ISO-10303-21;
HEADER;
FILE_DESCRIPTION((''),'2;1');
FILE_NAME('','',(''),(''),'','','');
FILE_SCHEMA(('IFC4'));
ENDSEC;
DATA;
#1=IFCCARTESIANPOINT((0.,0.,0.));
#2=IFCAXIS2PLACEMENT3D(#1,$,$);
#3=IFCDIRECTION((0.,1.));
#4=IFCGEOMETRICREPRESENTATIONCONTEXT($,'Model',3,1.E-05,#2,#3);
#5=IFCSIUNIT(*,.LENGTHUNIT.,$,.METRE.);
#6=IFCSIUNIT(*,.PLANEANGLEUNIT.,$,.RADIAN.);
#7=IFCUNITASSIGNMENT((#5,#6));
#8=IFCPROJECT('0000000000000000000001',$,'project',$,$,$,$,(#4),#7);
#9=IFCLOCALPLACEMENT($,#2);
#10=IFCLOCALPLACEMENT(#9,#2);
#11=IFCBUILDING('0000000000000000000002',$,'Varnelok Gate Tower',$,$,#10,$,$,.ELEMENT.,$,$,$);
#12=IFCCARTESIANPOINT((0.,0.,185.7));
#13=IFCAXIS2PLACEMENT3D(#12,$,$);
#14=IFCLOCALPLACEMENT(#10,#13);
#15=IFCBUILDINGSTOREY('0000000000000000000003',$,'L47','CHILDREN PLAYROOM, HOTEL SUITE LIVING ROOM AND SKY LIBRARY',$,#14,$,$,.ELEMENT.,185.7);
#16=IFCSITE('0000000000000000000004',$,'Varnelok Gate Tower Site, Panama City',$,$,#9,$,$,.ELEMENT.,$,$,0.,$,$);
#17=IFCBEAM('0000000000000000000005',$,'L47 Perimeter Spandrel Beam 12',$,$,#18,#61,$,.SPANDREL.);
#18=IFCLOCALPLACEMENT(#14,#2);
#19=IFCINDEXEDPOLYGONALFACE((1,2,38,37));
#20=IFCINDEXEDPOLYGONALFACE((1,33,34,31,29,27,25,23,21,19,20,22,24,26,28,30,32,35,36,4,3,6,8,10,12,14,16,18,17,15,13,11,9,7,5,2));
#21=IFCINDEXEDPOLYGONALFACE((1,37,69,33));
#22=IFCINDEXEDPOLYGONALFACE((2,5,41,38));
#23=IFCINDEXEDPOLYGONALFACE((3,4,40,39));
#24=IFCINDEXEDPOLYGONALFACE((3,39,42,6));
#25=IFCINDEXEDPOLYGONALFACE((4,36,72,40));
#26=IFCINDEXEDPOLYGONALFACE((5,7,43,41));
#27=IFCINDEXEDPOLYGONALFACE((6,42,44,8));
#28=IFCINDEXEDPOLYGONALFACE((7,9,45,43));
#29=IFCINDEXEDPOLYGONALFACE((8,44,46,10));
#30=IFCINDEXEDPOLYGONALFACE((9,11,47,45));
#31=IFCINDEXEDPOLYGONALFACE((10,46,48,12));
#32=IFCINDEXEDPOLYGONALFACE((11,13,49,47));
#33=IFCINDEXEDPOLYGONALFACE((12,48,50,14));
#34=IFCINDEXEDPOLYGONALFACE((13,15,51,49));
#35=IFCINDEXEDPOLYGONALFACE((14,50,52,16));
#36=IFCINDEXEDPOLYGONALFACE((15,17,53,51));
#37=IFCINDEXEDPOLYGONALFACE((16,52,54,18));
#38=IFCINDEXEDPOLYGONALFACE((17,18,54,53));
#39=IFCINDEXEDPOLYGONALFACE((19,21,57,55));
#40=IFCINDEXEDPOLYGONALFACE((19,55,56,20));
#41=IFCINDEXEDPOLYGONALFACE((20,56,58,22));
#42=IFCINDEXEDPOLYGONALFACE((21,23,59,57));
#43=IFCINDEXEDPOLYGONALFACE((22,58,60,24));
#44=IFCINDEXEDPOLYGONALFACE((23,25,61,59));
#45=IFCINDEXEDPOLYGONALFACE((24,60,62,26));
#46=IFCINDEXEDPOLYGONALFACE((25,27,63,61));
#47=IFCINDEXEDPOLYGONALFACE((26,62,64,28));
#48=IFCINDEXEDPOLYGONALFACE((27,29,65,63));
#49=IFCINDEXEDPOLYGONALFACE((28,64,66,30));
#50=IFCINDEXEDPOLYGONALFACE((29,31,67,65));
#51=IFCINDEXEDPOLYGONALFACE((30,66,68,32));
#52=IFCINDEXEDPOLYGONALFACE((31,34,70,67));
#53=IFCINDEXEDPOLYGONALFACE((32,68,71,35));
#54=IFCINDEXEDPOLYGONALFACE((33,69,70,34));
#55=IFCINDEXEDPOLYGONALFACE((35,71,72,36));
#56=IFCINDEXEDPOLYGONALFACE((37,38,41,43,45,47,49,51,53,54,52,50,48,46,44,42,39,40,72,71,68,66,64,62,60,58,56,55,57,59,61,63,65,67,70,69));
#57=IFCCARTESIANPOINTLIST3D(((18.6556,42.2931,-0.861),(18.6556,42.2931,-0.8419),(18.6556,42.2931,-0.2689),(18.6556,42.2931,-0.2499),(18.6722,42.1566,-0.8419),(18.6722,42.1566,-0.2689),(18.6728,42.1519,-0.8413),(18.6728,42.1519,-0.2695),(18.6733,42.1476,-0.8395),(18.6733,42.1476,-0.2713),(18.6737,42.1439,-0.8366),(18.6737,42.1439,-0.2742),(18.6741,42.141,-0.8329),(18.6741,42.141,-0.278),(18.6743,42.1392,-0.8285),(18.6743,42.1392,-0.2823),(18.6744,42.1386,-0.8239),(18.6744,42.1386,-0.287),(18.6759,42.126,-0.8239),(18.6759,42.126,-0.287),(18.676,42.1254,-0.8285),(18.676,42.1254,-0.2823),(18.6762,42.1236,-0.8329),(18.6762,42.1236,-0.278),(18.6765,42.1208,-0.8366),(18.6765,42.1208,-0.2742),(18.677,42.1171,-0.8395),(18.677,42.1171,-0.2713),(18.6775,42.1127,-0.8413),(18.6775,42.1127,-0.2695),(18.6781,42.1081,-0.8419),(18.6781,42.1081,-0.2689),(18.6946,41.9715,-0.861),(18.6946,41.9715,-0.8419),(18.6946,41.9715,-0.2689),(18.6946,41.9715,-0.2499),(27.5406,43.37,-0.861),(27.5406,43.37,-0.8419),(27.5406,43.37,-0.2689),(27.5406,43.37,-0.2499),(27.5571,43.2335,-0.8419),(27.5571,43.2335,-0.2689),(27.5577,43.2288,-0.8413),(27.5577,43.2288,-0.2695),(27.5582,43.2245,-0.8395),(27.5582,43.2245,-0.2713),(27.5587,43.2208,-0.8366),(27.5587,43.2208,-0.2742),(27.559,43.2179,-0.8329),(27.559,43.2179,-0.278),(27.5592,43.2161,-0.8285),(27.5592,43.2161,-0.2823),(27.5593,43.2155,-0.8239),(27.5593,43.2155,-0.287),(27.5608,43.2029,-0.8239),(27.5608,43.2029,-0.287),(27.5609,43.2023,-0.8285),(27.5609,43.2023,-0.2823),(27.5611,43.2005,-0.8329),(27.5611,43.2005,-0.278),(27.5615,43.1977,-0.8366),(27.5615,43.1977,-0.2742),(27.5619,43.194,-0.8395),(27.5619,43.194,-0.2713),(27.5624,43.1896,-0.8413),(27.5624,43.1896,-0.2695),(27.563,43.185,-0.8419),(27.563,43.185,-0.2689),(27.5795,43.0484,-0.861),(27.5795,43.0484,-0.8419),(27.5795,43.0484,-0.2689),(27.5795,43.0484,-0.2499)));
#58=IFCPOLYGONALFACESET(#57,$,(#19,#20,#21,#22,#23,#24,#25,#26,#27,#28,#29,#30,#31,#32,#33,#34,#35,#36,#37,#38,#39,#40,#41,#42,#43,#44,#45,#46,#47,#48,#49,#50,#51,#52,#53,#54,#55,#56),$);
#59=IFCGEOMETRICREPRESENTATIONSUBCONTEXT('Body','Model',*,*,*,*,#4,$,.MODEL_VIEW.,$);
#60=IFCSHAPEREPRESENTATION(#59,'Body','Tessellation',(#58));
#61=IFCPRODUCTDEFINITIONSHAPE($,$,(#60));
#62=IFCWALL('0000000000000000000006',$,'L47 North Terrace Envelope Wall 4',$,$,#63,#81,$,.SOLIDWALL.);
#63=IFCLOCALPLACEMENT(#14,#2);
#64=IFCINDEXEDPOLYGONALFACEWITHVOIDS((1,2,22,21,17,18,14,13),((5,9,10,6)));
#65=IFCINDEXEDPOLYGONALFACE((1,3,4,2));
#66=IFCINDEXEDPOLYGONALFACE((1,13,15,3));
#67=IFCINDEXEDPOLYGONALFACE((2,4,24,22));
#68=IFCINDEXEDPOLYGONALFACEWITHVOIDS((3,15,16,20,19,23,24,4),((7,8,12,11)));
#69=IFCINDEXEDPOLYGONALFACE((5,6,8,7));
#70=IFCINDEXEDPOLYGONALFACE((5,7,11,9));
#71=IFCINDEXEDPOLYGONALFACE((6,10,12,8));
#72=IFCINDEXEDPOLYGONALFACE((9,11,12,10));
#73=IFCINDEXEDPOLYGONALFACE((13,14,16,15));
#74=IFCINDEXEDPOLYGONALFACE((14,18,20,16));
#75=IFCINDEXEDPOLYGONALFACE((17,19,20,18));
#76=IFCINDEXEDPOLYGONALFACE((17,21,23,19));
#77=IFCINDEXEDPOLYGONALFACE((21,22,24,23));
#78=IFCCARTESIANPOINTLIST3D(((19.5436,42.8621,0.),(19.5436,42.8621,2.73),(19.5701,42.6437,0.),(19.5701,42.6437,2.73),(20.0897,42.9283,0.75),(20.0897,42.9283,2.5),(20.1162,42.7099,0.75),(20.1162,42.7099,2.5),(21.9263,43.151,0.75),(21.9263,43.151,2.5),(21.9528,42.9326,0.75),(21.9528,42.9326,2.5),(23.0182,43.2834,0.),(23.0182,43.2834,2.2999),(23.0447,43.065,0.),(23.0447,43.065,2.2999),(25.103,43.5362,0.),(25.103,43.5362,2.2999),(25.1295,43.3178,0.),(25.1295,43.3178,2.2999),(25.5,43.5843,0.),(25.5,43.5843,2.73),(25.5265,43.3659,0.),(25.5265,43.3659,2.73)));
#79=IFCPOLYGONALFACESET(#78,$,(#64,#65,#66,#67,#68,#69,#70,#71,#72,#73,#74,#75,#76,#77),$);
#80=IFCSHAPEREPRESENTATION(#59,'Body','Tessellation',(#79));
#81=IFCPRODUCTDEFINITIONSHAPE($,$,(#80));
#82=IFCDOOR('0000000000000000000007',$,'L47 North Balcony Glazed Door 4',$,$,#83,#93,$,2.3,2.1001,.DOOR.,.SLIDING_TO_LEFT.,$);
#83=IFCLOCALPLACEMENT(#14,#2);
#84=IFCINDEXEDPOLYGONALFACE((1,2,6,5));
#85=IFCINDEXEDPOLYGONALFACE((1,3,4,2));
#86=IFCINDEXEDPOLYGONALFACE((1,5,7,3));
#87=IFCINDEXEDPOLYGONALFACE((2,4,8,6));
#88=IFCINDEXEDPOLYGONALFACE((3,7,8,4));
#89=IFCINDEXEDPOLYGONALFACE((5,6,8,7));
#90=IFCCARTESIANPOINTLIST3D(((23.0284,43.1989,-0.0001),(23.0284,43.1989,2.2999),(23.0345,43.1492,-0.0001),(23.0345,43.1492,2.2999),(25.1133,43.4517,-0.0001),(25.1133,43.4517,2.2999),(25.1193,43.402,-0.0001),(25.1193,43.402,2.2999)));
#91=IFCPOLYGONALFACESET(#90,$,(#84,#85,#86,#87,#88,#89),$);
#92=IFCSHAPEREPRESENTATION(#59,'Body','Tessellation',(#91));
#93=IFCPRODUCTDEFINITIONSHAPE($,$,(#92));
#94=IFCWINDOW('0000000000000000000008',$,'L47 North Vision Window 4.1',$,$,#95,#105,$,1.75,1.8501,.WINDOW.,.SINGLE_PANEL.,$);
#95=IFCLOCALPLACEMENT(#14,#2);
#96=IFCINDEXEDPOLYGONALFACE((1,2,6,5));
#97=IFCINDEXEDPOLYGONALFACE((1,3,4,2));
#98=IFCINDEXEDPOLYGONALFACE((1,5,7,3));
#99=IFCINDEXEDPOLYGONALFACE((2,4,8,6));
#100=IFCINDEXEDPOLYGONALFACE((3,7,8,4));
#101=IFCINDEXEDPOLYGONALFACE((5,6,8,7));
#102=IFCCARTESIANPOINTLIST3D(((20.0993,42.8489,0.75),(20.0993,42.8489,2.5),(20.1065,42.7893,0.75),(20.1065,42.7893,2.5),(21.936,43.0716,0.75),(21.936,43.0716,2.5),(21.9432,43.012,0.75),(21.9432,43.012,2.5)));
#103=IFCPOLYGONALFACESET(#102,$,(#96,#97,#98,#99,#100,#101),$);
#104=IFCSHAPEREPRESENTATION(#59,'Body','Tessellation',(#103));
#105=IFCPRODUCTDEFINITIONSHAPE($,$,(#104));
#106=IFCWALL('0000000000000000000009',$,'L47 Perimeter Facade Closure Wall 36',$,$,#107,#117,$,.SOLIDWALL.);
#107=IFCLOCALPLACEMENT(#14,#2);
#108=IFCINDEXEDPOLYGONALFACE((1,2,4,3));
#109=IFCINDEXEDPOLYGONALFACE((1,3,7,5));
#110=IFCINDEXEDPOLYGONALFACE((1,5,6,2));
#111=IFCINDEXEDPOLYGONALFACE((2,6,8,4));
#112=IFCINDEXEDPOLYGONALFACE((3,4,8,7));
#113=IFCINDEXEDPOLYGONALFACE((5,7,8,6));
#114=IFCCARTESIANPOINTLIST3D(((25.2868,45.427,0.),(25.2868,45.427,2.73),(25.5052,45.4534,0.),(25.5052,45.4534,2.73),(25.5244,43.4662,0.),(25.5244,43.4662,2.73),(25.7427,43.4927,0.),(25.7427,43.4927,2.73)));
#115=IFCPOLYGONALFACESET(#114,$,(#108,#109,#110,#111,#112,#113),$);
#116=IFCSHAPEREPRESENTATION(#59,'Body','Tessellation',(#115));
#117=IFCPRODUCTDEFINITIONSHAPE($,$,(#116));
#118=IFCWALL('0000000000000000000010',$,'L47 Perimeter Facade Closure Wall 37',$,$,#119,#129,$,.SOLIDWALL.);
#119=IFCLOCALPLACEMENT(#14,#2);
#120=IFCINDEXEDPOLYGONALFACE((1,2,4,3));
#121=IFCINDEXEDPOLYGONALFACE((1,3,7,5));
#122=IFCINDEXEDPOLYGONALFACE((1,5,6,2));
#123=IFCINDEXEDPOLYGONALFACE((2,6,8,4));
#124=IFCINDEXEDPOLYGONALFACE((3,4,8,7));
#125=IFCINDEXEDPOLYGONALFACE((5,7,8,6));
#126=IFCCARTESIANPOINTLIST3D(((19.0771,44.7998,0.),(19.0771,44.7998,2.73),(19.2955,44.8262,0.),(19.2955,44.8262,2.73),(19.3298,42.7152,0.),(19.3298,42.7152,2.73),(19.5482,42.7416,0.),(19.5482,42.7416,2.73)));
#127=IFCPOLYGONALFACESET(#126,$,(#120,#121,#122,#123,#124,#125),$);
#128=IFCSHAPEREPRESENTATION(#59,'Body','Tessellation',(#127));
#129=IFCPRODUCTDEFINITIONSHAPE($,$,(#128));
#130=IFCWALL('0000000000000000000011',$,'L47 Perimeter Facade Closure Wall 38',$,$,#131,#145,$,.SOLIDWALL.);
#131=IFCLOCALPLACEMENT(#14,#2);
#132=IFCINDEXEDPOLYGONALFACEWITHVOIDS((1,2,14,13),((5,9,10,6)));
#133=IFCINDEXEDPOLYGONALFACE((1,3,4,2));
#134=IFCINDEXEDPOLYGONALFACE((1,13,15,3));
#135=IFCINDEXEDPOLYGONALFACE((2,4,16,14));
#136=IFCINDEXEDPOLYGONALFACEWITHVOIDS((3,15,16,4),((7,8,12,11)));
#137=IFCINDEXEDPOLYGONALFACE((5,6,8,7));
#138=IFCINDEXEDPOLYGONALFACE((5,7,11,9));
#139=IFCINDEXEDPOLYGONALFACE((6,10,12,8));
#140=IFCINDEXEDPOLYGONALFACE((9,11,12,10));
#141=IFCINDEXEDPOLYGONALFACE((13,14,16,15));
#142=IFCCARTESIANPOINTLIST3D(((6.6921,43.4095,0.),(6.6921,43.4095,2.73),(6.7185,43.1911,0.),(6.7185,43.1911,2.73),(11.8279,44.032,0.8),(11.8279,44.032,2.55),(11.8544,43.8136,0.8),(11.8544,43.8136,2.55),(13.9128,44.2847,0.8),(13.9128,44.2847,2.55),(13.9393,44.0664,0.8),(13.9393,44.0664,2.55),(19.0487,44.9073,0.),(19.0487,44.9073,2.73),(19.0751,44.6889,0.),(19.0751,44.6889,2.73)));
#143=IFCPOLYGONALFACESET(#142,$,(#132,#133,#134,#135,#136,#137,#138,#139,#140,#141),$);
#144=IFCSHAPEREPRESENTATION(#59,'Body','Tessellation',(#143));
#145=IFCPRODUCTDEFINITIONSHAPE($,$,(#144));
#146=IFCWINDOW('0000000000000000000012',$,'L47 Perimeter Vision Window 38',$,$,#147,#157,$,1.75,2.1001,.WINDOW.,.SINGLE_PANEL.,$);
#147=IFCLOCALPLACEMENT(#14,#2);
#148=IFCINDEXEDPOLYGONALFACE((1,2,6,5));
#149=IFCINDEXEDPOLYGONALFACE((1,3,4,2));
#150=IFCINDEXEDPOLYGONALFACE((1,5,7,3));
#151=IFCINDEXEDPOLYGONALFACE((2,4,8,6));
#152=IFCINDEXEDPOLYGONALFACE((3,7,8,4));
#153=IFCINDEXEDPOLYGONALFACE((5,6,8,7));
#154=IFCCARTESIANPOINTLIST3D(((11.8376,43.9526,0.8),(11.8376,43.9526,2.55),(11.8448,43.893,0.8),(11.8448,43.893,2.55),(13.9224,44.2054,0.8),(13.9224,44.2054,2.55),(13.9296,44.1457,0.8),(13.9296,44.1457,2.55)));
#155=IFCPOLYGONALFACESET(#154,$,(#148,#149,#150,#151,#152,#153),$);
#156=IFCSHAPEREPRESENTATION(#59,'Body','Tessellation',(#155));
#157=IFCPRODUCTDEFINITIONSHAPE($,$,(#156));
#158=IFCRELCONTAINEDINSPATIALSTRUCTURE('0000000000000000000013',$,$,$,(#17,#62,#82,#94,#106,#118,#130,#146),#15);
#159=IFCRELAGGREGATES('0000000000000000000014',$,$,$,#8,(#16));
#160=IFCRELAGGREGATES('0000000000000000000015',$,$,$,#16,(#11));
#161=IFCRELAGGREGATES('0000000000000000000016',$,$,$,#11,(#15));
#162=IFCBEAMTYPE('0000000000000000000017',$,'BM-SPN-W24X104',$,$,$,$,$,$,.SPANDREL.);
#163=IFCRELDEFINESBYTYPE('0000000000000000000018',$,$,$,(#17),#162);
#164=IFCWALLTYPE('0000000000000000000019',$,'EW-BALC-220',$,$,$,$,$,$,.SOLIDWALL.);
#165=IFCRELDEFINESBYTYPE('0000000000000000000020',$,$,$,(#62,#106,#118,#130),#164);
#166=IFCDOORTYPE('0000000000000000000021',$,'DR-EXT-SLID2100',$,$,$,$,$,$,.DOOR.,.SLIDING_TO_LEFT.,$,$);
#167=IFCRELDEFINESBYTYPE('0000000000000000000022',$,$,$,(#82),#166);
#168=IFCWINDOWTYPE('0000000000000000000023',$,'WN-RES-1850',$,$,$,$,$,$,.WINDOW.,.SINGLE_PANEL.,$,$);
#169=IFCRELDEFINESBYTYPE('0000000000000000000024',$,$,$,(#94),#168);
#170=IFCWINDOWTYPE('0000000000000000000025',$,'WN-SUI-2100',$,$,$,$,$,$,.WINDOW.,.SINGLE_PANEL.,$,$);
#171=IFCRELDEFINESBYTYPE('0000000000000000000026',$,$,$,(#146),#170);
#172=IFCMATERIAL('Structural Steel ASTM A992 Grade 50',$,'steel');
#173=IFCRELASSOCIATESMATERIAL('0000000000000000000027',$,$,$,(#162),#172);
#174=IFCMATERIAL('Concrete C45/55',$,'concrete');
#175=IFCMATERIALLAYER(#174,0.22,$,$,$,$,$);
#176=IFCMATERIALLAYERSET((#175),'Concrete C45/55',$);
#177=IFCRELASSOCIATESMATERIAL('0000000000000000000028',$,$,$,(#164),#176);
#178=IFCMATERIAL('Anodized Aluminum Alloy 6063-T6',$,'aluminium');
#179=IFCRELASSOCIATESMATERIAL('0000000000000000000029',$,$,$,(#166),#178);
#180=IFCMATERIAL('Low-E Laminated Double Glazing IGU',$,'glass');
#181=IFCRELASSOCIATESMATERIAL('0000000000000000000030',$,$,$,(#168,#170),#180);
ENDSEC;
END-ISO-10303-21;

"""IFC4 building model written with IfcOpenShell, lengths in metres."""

from ifc_helpers import new_model, si_unit, direction, frame, frame_2d, origin, origin_2d, place, context, subcontext, project, spatial, rectangle, i_section, extrude, material, layer, layer_set, material_profile, profile_set, type_object, element, fill, save


model = new_model("IFC4")

# Units and contexts
model_context = context("Model", 3, precision=1e-05, world=origin(), true_north=direction((0.0, 1.0)))
body_context = subcontext(model_context, "Body", "Model", "MODEL_VIEW")
ifc_project = project(units=[si_unit("LENGTHUNIT", "METRE"), si_unit("PLANEANGLEUNIT", "RADIAN")], contexts=[model_context])

# Site, building, storey
site_placement = place(None, origin())
site = spatial("IfcSite", under=ifc_project, at=site_placement, Name="Varnelok Gate Tower Site, Panama City", CompositionType="ELEMENT", RefElevation=0.0)
building_placement = place(site_placement, origin())
building = spatial("IfcBuilding", under=site, at=building_placement, Name="Varnelok Gate Tower", CompositionType="ELEMENT")
storey_placement = place(building_placement, frame((0.0, 0.0, 185.7)))
storey = spatial("IfcBuildingStorey", under=building, at=storey_placement, Name="L47", Description="CHILDREN PLAYROOM, HOTEL SUITE LIVING ROOM AND SKY LIBRARY", CompositionType="ELEMENT", Elevation=185.7)

# Shared definitions
ifc_material_1 = material(Name="Structural Steel ASTM A992 Grade 50", Category="steel")

# Beam
ifc_material_profile_1 = material_profile(ifc_material_1, i_section(OverallWidth=0.324, OverallDepth=0.6111, WebThickness=0.0127, FlangeThickness=0.019, FilletRadius=0.0181, at=origin_2d()), Name="W24X104")
ifc_profile_set_1 = profile_set([ifc_material_profile_1], Name="Structural Steel ASTM A992 Grade 50")
beam_type_1 = type_object("IfcBeamType", Name="BM-SPN-W24X104", PredefinedType="SPANDREL", material=ifc_profile_set_1)
beam_1_placement = place(storey_placement, frame((27.5601, 43.2092, -0.5554), z_axis=(-0.992735, -0.120324, 0.0), x_axis=(0.120324, -0.992735, 0.0)))
element("IfcBeam", 1, at=beam_1_placement, inside=storey, type_object=beam_type_1, Name="L47 Perimeter Spandrel Beam 12", PredefinedType="SPANDREL", context=body_context, shape_type="SweptSolid", body=[
    extrude(i_section(OverallWidth=0.324, OverallDepth=0.6111, WebThickness=0.0127, FlangeThickness=0.019, FilletRadius=0.0181, at=origin_2d()), origin(), (0.0, 0.0, 1.0), 8.95),
])

# Wall, openings, door, window
ifc_material_2 = material(Name="Concrete C45/55", Category="concrete")
ifc_layer_1 = layer(ifc_material_2, 0.22)
ifc_layer_set_1 = layer_set([ifc_layer_1], Name="Concrete C45/55")
wall_type_1 = type_object("IfcWallType", Name="EW-BALC-220", PredefinedType="SOLIDWALL", material=ifc_layer_set_1)
wall_1_placement = place(storey_placement, frame((19.5569, 42.7529, 0.0), z_axis=(0.0, 0.0, 1.0), x_axis=(0.99273, 0.120363, 0.0)))
wall_1 = element("IfcWall", 2, at=wall_1_placement, inside=storey, type_object=wall_type_1, Name="L47 North Terrace Envelope Wall 4", PredefinedType="SOLIDWALL", context=body_context, shape_type="SweptSolid", body=[
    extrude(rectangle(XDim=6.0, YDim=0.22, at=frame_2d((3.0, 0.0))), origin(), (0.0, 0.0, 1.0), 2.73),
])
opening_1_placement = place(wall_1_placement, frame((3.5, 0.0, 0.0)))
opening_1 = element("IfcOpeningElement", 3, at=opening_1_placement, cuts=wall_1, PredefinedType="OPENING", context=body_context, shape_type="SweptSolid", body=[
    extrude(rectangle(XDim=2.1001, YDim=2.3, at=frame_2d((1.05, 1.1499))), frame((0.0, 0.1199, 0.0), z_axis=(0.0, -1.0, 0.0), x_axis=(1.0, 0.0, 0.0)), (0.0, 0.0, 1.0), 0.24),
])
opening_2_placement = place(wall_1_placement, frame((0.55, 0.0, 0.75)))
opening_2 = element("IfcOpeningElement", 4, at=opening_2_placement, cuts=wall_1, PredefinedType="OPENING", context=body_context, shape_type="SweptSolid", body=[
    extrude(rectangle(XDim=1.8501, YDim=1.75, at=frame_2d((0.925, 0.875))), frame((0.0, 0.1199, 0.0), z_axis=(0.0, -1.0, 0.0), x_axis=(1.0, 0.0, 0.0)), (0.0, 0.0, 1.0), 0.24),
])
ifc_material_3 = material(Name="Anodized Aluminum Alloy 6063-T6", Category="aluminium")
door_type_1 = type_object("IfcDoorType", Name="DR-EXT-SLID2100", OperationType="SLIDING_TO_LEFT", PredefinedType="DOOR", material=ifc_material_3)
door_1_placement = place(opening_1_placement, origin())
door_1 = element("IfcDoor", 5, at=door_1_placement, inside=storey, type_object=door_type_1, Name="L47 North Balcony Glazed Door 4", OperationType="SLIDING_TO_LEFT", OverallHeight=2.3, OverallWidth=2.1001, PredefinedType="DOOR", context=body_context, shape_type="SweptSolid", body=[
    extrude(rectangle(XDim=2.1001, YDim=2.3, at=frame_2d((1.05, 1.1499))), frame((0.0, 0.0249, 0.0), z_axis=(0.0, -1.0, 0.0), x_axis=(1.0, 0.0, 0.0)), (0.0, 0.0, 1.0), 0.05),
])
fill(opening_1, door_1)
ifc_material_4 = material(Name="Low-E Laminated Double Glazing IGU", Category="glass")
window_type_1 = type_object("IfcWindowType", Name="WN-RES-1850", PartitioningType="SINGLE_PANEL", PredefinedType="WINDOW", material=ifc_material_4)
window_1_placement = place(opening_2_placement, origin())
window_1 = element("IfcWindow", 6, at=window_1_placement, inside=storey, type_object=window_type_1, Name="L47 North Vision Window 4.1", OverallHeight=1.75, OverallWidth=1.8501, PartitioningType="SINGLE_PANEL", PredefinedType="WINDOW", context=body_context, shape_type="SweptSolid", body=[
    extrude(rectangle(XDim=1.8501, YDim=1.75, at=frame_2d((0.925, 0.875))), frame((0.0, 0.03, 0.0), z_axis=(0.0, -1.0, 0.0), x_axis=(1.0, 0.0, 0.0)), (0.0, 0.0, 1.0), 0.0601),
])
fill(opening_2, window_1)

# Walls
wall_2_placement = place(storey_placement, frame((25.396, 45.4402, 0.0), z_axis=(0.0, 0.0, 1.0), x_axis=(0.120276, -0.99274, 0.0)))
element("IfcWall", 7, at=wall_2_placement, inside=storey, type_object=wall_type_1, Name="L47 Perimeter Facade Closure Wall 36", PredefinedType="SOLIDWALL", context=body_context, shape_type="SweptSolid", body=[
    extrude(rectangle(XDim=1.9751, YDim=0.22, at=frame_2d((0.9875, 0.0))), origin(), (0.0, 0.0, 1.0), 2.73),
])
wall_3_placement = place(storey_placement, frame((19.439, 42.7285, 0.0), z_axis=(0.0, 0.0, 1.0), x_axis=(-0.120328, 0.992734, 0.0)))
element("IfcWall", 8, at=wall_3_placement, inside=storey, type_object=wall_type_1, Name="L47 Perimeter Facade Closure Wall 37", PredefinedType="SOLIDWALL", context=body_context, shape_type="SweptSolid", body=[
    extrude(rectangle(XDim=2.0999, YDim=0.22, at=frame_2d((1.0498, 0.0))), origin(), (0.0, 0.0, 1.0), 2.73),
])

# Wall, opening, window
wall_4_placement = place(storey_placement, frame((19.062, 44.7981, 0.0), z_axis=(0.0, 0.0, 1.0), x_axis=(-0.992734, -0.120333, 0.0)))
wall_4 = element("IfcWall", 9, at=wall_4_placement, inside=storey, type_object=wall_type_1, Name="L47 Perimeter Facade Closure Wall 38", PredefinedType="SOLIDWALL", context=body_context, shape_type="SweptSolid", body=[
    extrude(rectangle(XDim=12.447, YDim=0.22, at=frame_2d((6.2236, 0.0))), origin(), (0.0, 0.0, 1.0), 2.73),
])
opening_3_placement = place(wall_4_placement, frame((5.1736, 0.0, 0.8)))
opening_3 = element("IfcOpeningElement", 10, at=opening_3_placement, cuts=wall_4, PredefinedType="OPENING", context=body_context, shape_type="SweptSolid", body=[
    extrude(rectangle(XDim=2.1001, YDim=1.75, at=frame_2d((1.05, 0.875))), frame((0.0, 0.1199, 0.0), z_axis=(0.0, -1.0, 0.0), x_axis=(1.0, 0.0, 0.0)), (0.0, 0.0, 1.0), 0.24),
])
window_type_2 = type_object("IfcWindowType", Name="WN-SUI-2100", PartitioningType="SINGLE_PANEL", PredefinedType="WINDOW", material=ifc_material_4)
window_2_placement = place(opening_3_placement, origin())
window_2 = element("IfcWindow", 11, at=window_2_placement, inside=storey, type_object=window_type_2, Name="L47 Perimeter Vision Window 38", OverallHeight=1.75, OverallWidth=2.1001, PartitioningType="SINGLE_PANEL", PredefinedType="WINDOW", context=body_context, shape_type="SweptSolid", body=[
    extrude(rectangle(XDim=2.1001, YDim=1.75, at=frame_2d((1.05, 0.875))), frame((0.0, 0.03, 0.0), z_axis=(0.0, -1.0, 0.0), x_axis=(1.0, 0.0, 0.0)), (0.0, 0.0, 1.0), 0.0601),
])
fill(opening_3, window_2)

save(model, "model.ifc")
